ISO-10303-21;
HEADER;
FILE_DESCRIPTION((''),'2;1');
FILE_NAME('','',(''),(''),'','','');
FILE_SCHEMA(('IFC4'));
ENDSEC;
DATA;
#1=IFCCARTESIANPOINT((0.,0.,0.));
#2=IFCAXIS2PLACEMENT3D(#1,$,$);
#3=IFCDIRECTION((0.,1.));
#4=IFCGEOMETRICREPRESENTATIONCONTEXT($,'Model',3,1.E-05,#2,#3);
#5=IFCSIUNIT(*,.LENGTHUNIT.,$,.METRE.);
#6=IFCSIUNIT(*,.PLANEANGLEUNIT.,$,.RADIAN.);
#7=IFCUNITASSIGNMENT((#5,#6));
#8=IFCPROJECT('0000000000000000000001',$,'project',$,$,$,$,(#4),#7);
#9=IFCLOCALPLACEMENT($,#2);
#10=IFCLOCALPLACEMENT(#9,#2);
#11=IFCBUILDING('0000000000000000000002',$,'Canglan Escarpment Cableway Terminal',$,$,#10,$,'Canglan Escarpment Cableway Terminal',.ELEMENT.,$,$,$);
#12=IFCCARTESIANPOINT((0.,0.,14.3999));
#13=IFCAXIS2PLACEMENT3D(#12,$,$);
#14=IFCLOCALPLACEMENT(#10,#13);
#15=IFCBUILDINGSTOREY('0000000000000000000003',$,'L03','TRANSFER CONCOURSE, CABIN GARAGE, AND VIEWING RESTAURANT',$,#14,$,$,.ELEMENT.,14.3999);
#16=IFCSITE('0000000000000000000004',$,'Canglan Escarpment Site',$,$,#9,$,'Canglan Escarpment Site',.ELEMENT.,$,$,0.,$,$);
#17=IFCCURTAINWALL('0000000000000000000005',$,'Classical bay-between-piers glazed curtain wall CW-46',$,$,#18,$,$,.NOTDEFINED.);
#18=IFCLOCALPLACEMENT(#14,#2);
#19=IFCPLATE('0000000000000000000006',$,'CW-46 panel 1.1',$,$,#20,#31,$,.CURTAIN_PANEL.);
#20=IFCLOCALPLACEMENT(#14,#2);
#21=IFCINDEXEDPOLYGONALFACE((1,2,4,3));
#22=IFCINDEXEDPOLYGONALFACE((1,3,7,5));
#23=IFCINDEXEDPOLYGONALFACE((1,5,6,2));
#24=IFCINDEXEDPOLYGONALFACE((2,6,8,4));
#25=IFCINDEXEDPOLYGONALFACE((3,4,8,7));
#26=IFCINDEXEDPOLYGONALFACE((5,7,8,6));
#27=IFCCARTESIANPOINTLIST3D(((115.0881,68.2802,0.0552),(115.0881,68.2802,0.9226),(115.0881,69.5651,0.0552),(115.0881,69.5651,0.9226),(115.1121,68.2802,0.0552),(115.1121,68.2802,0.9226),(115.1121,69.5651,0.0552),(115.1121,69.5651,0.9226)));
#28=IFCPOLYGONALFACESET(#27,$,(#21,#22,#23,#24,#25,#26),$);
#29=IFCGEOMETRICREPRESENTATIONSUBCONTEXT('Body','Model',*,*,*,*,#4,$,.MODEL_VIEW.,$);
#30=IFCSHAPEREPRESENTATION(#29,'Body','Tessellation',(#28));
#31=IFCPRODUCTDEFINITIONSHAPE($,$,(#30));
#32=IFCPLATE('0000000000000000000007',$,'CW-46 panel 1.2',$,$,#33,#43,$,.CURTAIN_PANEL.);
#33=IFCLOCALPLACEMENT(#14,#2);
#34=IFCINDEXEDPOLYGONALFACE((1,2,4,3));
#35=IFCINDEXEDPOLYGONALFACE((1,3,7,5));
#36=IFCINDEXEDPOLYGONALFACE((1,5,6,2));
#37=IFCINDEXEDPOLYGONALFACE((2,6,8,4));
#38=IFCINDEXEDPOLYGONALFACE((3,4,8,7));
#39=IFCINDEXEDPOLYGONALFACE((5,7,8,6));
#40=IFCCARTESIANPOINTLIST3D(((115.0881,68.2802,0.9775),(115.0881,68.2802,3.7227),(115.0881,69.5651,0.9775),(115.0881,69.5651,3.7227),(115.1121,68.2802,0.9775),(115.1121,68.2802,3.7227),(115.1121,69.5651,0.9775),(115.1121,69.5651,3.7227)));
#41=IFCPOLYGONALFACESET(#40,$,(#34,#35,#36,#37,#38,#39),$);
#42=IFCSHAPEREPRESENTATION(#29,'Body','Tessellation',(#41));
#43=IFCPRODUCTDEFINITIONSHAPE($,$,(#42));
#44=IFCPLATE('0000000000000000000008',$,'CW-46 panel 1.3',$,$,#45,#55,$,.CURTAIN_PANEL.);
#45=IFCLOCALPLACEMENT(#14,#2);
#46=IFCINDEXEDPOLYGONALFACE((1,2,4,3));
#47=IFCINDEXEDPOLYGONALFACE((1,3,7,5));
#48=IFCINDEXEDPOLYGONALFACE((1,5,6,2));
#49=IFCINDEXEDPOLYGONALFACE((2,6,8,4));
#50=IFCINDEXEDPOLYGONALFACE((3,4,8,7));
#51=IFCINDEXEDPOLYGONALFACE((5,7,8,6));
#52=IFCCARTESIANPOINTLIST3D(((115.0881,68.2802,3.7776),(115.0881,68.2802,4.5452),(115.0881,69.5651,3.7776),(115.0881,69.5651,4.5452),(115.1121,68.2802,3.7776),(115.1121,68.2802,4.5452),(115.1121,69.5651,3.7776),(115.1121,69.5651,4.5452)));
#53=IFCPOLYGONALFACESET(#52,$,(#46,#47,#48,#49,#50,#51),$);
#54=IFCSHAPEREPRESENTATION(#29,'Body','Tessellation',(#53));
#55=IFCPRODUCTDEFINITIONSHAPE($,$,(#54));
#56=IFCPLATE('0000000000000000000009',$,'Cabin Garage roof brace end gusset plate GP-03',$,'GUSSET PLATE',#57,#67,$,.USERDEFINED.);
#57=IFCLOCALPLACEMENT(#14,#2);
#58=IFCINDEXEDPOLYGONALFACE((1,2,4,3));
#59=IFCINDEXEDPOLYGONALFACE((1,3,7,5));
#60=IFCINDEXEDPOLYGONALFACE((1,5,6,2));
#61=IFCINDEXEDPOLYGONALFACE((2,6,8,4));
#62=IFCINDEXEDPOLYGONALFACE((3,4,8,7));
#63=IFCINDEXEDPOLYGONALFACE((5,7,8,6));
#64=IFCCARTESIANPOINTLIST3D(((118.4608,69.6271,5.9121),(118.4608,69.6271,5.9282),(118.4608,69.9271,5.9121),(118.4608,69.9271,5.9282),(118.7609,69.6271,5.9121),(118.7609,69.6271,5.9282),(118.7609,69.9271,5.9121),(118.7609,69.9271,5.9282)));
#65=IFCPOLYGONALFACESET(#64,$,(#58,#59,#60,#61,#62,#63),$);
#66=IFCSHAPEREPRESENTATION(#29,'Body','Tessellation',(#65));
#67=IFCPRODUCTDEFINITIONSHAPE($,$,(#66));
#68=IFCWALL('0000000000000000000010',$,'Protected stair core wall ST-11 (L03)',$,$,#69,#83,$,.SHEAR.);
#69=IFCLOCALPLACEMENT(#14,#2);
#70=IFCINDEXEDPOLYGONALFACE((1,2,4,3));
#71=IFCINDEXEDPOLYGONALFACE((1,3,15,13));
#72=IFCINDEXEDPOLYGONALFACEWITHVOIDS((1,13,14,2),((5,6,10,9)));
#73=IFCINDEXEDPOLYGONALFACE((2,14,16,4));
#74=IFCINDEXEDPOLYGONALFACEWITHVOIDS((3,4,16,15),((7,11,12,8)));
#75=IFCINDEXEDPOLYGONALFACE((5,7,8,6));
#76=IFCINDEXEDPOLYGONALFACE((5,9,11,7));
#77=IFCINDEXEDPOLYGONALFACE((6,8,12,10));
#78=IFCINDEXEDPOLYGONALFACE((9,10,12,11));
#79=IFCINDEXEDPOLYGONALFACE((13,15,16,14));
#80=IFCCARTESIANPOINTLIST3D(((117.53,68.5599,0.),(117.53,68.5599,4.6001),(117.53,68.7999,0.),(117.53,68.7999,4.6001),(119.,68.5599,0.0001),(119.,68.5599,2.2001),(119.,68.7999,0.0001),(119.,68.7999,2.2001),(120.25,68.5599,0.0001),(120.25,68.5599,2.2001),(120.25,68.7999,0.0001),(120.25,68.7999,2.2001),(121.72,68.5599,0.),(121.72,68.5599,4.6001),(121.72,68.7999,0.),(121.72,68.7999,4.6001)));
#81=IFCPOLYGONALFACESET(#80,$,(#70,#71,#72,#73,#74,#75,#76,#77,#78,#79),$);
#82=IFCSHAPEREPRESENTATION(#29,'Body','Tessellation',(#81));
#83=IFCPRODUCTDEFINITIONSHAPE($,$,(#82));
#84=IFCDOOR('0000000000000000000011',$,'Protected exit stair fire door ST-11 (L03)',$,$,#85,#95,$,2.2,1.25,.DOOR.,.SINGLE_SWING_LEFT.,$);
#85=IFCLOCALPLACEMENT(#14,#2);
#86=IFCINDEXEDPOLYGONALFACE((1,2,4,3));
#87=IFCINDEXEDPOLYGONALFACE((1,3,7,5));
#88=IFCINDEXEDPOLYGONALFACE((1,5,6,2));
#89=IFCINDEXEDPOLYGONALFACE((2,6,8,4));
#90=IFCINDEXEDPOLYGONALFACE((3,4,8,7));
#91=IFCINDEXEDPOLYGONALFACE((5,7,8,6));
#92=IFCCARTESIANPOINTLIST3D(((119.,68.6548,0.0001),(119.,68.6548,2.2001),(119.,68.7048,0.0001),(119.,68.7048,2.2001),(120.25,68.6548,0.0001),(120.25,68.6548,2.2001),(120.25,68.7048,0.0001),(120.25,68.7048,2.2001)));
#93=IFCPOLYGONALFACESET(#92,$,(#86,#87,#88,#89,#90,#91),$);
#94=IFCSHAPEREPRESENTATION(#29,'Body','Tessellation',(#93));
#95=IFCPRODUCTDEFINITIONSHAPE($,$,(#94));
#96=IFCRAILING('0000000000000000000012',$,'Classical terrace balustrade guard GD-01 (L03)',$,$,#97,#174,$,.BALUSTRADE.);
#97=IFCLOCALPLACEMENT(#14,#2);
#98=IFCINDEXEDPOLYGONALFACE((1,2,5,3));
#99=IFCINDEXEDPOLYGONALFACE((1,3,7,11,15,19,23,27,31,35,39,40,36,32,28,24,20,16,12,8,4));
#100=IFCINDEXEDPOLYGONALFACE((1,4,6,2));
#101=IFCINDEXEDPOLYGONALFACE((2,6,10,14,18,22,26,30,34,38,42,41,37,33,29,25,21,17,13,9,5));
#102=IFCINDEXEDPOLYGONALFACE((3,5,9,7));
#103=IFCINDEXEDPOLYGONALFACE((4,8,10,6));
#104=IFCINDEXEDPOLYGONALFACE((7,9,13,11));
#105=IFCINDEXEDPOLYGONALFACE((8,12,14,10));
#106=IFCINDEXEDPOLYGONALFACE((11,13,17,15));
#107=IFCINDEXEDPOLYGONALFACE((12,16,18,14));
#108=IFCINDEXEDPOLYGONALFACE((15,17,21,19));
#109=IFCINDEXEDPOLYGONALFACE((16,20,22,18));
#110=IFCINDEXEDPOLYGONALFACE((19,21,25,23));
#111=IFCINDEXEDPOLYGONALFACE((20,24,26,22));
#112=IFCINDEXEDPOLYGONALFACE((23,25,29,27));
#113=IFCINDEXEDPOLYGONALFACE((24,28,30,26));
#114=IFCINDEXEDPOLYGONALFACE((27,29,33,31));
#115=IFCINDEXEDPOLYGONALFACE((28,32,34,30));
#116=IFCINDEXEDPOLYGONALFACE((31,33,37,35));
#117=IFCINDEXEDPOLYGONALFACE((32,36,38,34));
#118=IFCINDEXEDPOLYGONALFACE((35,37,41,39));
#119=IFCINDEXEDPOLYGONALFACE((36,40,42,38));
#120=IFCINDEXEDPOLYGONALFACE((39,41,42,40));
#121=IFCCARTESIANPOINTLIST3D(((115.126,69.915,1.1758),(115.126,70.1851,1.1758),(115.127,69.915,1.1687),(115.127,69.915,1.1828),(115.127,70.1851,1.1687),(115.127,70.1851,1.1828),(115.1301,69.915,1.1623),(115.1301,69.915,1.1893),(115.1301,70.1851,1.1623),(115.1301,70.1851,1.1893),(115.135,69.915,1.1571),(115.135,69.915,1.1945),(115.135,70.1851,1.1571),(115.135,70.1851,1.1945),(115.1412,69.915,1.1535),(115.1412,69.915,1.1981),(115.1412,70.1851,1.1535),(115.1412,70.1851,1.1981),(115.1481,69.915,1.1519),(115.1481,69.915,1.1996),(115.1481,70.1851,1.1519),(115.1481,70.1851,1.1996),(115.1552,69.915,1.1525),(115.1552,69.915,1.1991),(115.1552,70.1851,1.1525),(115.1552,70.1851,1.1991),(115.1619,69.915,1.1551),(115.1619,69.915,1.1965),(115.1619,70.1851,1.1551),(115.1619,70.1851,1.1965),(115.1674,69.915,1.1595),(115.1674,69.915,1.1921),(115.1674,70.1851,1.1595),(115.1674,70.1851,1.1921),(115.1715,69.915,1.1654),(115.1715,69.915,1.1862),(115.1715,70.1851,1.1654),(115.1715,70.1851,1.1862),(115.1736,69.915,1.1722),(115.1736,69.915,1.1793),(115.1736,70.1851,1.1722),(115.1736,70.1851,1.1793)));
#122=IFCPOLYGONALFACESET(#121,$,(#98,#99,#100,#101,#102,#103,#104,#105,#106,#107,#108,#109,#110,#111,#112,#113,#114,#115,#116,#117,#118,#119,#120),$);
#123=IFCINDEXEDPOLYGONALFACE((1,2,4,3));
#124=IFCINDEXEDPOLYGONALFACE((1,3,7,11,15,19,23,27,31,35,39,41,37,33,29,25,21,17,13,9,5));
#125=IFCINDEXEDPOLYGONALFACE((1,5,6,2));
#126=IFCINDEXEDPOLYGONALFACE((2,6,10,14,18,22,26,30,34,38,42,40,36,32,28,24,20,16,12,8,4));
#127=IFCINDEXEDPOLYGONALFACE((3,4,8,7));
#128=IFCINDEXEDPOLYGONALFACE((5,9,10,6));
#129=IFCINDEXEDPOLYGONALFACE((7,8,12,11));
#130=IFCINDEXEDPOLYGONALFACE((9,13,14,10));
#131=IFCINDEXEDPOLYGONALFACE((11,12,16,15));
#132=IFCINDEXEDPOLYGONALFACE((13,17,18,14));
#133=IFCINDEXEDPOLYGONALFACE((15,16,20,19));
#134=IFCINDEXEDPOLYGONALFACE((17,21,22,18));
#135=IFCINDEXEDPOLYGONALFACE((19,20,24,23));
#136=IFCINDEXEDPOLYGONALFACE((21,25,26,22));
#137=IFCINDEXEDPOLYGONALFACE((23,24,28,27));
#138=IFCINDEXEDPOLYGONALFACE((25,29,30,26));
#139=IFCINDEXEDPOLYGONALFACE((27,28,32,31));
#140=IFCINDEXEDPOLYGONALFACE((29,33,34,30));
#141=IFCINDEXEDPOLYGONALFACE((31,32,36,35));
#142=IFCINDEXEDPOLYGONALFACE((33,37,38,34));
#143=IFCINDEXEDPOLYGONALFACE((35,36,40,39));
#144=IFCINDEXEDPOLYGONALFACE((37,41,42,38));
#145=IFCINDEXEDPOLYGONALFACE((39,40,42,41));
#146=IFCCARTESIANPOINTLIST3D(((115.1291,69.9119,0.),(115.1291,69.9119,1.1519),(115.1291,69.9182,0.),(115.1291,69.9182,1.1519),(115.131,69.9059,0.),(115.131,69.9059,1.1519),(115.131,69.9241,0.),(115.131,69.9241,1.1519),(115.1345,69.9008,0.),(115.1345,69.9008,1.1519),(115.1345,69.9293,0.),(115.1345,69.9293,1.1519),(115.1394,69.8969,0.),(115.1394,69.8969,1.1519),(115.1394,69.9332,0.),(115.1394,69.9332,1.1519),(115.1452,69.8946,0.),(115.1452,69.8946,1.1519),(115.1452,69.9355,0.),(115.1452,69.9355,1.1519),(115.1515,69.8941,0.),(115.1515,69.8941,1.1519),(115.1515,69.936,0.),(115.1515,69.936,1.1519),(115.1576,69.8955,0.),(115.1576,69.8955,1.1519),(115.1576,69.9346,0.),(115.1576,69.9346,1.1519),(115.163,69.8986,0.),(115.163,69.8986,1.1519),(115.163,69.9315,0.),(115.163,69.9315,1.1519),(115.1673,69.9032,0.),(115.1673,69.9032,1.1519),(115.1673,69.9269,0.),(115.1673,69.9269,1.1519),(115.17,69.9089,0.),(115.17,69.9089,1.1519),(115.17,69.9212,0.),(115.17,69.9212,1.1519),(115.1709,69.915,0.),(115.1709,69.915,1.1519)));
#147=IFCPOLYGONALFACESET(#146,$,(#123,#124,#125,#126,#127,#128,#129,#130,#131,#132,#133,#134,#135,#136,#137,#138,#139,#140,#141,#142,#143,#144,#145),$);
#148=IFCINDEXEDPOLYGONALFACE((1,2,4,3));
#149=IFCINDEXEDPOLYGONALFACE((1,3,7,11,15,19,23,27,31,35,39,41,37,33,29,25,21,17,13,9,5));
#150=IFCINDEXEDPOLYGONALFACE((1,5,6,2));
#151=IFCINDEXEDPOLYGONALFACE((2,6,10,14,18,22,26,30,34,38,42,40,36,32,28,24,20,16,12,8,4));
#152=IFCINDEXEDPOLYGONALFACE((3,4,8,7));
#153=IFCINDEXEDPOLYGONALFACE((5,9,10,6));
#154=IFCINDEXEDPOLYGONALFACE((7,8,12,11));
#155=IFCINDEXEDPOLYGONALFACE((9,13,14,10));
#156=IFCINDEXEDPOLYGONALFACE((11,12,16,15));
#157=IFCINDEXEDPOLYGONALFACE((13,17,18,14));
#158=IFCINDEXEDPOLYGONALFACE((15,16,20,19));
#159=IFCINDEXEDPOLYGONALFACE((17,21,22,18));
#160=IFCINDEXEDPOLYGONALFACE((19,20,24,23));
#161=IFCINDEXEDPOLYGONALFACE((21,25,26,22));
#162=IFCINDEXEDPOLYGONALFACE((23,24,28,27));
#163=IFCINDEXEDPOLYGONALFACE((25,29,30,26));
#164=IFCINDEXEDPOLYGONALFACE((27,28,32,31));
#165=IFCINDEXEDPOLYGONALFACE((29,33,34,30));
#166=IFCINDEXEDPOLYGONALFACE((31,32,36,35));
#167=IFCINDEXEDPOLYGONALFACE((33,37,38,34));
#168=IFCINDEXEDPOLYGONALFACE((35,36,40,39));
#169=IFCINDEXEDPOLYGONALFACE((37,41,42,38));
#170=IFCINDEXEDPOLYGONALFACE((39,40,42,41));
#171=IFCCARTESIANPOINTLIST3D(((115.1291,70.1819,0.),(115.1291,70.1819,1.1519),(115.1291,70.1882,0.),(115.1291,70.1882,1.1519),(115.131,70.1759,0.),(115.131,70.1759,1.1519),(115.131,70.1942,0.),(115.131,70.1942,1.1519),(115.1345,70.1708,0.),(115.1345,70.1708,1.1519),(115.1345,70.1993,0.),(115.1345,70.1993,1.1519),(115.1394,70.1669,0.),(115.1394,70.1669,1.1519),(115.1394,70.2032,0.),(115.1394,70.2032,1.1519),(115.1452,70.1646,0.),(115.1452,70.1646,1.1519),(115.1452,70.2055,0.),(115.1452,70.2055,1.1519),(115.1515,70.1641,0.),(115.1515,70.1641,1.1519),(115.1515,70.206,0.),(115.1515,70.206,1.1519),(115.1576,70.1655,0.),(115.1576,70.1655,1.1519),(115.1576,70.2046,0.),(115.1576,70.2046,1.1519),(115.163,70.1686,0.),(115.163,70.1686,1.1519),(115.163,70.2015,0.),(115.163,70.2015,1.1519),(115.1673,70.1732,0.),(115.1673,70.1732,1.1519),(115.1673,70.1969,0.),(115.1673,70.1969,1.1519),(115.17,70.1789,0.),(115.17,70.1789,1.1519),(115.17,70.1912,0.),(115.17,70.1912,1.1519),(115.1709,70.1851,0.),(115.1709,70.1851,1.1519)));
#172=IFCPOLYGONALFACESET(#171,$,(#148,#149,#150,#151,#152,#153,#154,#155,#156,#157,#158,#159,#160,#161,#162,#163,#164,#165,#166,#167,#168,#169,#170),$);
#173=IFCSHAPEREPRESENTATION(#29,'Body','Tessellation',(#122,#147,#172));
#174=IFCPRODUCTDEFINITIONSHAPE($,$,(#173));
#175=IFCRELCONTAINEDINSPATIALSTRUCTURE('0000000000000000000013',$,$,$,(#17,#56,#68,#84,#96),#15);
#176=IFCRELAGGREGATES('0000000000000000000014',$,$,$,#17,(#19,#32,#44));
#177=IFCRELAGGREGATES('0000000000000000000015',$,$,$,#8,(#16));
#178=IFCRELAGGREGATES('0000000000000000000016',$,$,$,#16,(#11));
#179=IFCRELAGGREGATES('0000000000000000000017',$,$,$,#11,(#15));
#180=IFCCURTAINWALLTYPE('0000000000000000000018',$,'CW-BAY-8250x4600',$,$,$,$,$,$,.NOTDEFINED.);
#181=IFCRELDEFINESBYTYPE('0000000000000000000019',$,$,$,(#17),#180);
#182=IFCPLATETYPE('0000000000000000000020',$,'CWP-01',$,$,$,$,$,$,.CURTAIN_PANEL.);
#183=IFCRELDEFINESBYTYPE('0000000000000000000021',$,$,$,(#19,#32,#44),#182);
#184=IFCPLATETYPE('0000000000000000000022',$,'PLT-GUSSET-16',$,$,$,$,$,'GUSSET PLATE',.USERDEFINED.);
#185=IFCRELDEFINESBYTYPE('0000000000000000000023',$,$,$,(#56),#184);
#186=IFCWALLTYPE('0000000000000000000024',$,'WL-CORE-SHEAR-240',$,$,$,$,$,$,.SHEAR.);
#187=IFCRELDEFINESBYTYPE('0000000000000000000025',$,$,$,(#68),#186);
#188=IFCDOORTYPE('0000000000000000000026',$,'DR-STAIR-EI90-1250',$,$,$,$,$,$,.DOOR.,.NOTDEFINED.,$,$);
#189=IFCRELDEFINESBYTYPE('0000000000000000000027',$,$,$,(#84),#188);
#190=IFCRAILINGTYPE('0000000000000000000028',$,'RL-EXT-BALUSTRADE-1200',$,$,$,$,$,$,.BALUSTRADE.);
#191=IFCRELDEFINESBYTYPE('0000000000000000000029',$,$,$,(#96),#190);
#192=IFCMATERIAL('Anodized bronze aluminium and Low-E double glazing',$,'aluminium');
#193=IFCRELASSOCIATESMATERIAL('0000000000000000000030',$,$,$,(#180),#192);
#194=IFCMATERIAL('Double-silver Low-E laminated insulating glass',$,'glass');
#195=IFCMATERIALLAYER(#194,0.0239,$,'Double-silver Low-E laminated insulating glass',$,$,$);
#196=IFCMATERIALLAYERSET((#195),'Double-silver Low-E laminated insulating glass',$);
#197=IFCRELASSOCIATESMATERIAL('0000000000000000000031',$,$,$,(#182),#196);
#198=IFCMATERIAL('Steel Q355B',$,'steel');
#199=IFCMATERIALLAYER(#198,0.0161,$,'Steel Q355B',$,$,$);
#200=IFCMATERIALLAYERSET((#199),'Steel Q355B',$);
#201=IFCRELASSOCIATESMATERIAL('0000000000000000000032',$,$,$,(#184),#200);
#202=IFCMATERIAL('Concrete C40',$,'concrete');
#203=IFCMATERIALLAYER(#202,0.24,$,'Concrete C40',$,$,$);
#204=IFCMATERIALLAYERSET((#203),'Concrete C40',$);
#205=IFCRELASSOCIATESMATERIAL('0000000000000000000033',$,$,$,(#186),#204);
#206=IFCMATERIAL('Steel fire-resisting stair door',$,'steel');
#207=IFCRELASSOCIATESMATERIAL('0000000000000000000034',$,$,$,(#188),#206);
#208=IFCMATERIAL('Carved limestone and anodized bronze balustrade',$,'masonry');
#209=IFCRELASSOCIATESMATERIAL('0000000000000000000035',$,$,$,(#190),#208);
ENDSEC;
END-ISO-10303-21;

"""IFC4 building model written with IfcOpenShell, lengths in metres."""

from ifc_helpers import new_model, si_unit, direction, frame, frame_2d, origin, origin_2d, place, context, subcontext, project, spatial, rectangle, circle, extrude, material, layer, layer_set, type_object, element, fill, aggregate, save


model = new_model("IFC4")

# Units and contexts
model_context = context("Model", 3, precision=1e-05, world=origin(), true_north=direction((0.0, 1.0)))
body_context = subcontext(model_context, "Body", "Model", "MODEL_VIEW")
ifc_project = project(units=[si_unit("LENGTHUNIT", "METRE"), si_unit("PLANEANGLEUNIT", "RADIAN")], contexts=[model_context])

# Site, building, storey
site_placement = place(None, origin())
site = spatial("IfcSite", under=ifc_project, at=site_placement, Name="Canglan Escarpment Site", LongName="Canglan Escarpment Site", CompositionType="ELEMENT", RefElevation=0.0)
building_placement = place(site_placement, origin())
building = spatial("IfcBuilding", under=site, at=building_placement, Name="Canglan Escarpment Cableway Terminal", LongName="Canglan Escarpment Cableway Terminal", CompositionType="ELEMENT")
storey_placement = place(building_placement, frame((0.0, 0.0, 14.3999)))
storey = spatial("IfcBuildingStorey", under=building, at=storey_placement, Name="L03", Description="TRANSFER CONCOURSE, CABIN GARAGE, AND VIEWING RESTAURANT", CompositionType="ELEMENT", Elevation=14.3999)

# Shared definitions
ifc_material_1 = material(Name="Concrete C40", Category="concrete")

# Shared definitions
ifc_material_2 = material(Name="Steel Q355B", Category="steel")

# Curtain wall
ifc_material_3 = material(Name="Anodized bronze aluminium and Low-E double glazing", Category="aluminium")
curtain_wall_type = type_object("IfcCurtainWallType", Name="CW-BAY-8250x4600", PredefinedType="NOTDEFINED", material=ifc_material_3)
curtain_wall_placement = place(storey_placement, origin())
curtain_wall = element("IfcCurtainWall", 1, at=curtain_wall_placement, inside=storey, type_object=curtain_wall_type, Name="Classical bay-between-piers glazed curtain wall CW-46", PredefinedType="NOTDEFINED")

# Plates
ifc_material_4 = material(Name="Double-silver Low-E laminated insulating glass", Category="glass")
ifc_layer_1 = layer(ifc_material_4, 0.0239, Name="Double-silver Low-E laminated insulating glass")
ifc_layer_set_1 = layer_set([ifc_layer_1], Name="Double-silver Low-E laminated insulating glass")
plate_type_1 = type_object("IfcPlateType", Name="CWP-01", PredefinedType="CURTAIN_PANEL", material=ifc_layer_set_1)
plate_1_placement = place(storey_placement, frame((115.1001, 68.9226, 0.0552), z_axis=(0.0, 0.0, 1.0), x_axis=(0.0, -1.0, 0.0)))
plate_1 = element("IfcPlate", 2, at=plate_1_placement, type_object=plate_type_1, Name="CW-46 panel 1.1", PredefinedType="CURTAIN_PANEL", context=body_context, shape_type="SweptSolid", body=[
    extrude(rectangle(XDim=1.2849, YDim=0.0239, at=origin_2d()), origin(), (0.0, 0.0, 1.0), 0.8674),
])
plate_2_placement = place(storey_placement, frame((115.1001, 68.9226, 0.9775), z_axis=(0.0, 0.0, 1.0), x_axis=(0.0, -1.0, 0.0)))
plate_2 = element("IfcPlate", 3, at=plate_2_placement, type_object=plate_type_1, Name="CW-46 panel 1.2", PredefinedType="CURTAIN_PANEL", context=body_context, shape_type="SweptSolid", body=[
    extrude(rectangle(XDim=1.2849, YDim=0.0239, at=origin_2d()), origin(), (0.0, 0.0, 1.0), 2.7451),
])
plate_3_placement = place(storey_placement, frame((115.1001, 68.9226, 3.7776), z_axis=(0.0, 0.0, 1.0), x_axis=(0.0, -1.0, 0.0)))
plate_3 = element("IfcPlate", 4, at=plate_3_placement, type_object=plate_type_1, Name="CW-46 panel 1.3", PredefinedType="CURTAIN_PANEL", context=body_context, shape_type="SweptSolid", body=[
    extrude(rectangle(XDim=1.2849, YDim=0.0239, at=origin_2d()), origin(), (0.0, 0.0, 1.0), 0.7676),
])
aggregate(curtain_wall, [plate_1, plate_2, plate_3])
ifc_layer_2 = layer(ifc_material_2, 0.0161, Name="Steel Q355B")
ifc_layer_set_2 = layer_set([ifc_layer_2], Name="Steel Q355B")
plate_type_2 = type_object("IfcPlateType", Name="PLT-GUSSET-16", ElementType="GUSSET PLATE", PredefinedType="USERDEFINED", material=ifc_layer_set_2)
plate_4_placement = place(storey_placement, frame((118.6108, 69.7771, 5.9121), z_axis=(0.0, 0.0, 1.0), x_axis=(1.0, 0.0, 0.0)))
element("IfcPlate", 5, at=plate_4_placement, inside=storey, type_object=plate_type_2, Name="Cabin Garage roof brace end gusset plate GP-03", ObjectType="GUSSET PLATE", PredefinedType="USERDEFINED", context=body_context, shape_type="SweptSolid", body=[
    extrude(rectangle(XDim=0.3, YDim=0.3, at=origin_2d()), origin(), (0.0, 0.0, 1.0), 0.0161),
])

# Wall, opening, door
ifc_layer_3 = layer(ifc_material_1, 0.24, Name="Concrete C40")
ifc_layer_set_3 = layer_set([ifc_layer_3], Name="Concrete C40")
wall_type = type_object("IfcWallType", Name="WL-CORE-SHEAR-240", PredefinedType="SHEAR", material=ifc_layer_set_3)
wall_placement = place(storey_placement, frame((117.53, 68.6799, 0.0), z_axis=(0.0, 0.0, 1.0), x_axis=(1.0, 0.0, 0.0)))
wall = element("IfcWall", 6, at=wall_placement, inside=storey, type_object=wall_type, Name="Protected stair core wall ST-11 (L03)", PredefinedType="SHEAR", context=body_context, shape_type="SweptSolid", body=[
    extrude(rectangle(XDim=4.1899, YDim=0.24, at=frame_2d((2.095, 0.0))), origin(), (0.0, 0.0, 1.0), 4.6001),
])
opening_placement = place(wall_placement, frame((1.47, 0.0, 0.0)))
opening = element("IfcOpeningElement", 7, at=opening_placement, cuts=wall, PredefinedType="OPENING", context=body_context, shape_type="SweptSolid", body=[
    extrude(rectangle(XDim=1.25, YDim=2.2, at=frame_2d((0.625, 1.1001))), frame((0.0, 0.1299, 0.0), z_axis=(0.0, -1.0, 0.0), x_axis=(1.0, 0.0, 0.0)), (0.0, 0.0, 1.0), 0.26),
])
ifc_material_5 = material(Name="Steel fire-resisting stair door", Category="steel")
door_type = type_object("IfcDoorType", Name="DR-STAIR-EI90-1250", OperationType="NOTDEFINED", PredefinedType="DOOR", material=ifc_material_5)
door_placement = place(opening_placement, origin())
door = element("IfcDoor", 8, at=door_placement, inside=storey, type_object=door_type, Name="Protected exit stair fire door ST-11 (L03)", OperationType="SINGLE_SWING_LEFT", OverallHeight=2.2, OverallWidth=1.25, PredefinedType="DOOR", context=body_context, shape_type="SweptSolid", body=[
    extrude(rectangle(XDim=1.25, YDim=2.2, at=frame_2d((0.625, 1.1001))), frame((0.0, 0.0249, 0.0), z_axis=(0.0, -1.0, 0.0), x_axis=(1.0, 0.0, 0.0)), (0.0, 0.0, 1.0), 0.05),
])
fill(opening, door)

# Railing
ifc_material_6 = material(Name="Carved limestone and anodized bronze balustrade", Category="masonry")
railing_type = type_object("IfcRailingType", Name="RL-EXT-BALUSTRADE-1200", PredefinedType="BALUSTRADE", material=ifc_material_6)
railing_placement = place(storey_placement, frame((115.1499, 69.915, 0.0)))
element("IfcRailing", 9, at=railing_placement, inside=storey, type_object=railing_type, Name="Classical terrace balustrade guard GD-01 (L03)", PredefinedType="BALUSTRADE", context=body_context, shape_type="SweptSolid", body=[
    extrude(circle(Radius=0.0239, at=origin_2d()), frame((0.0, 0.0, 1.1758), z_axis=(0.0, 1.0, 0.0), x_axis=(-1.0, 0.0, 0.0)), (0.0, 0.0, 1.0), 0.27),
    extrude(circle(Radius=0.021, at=origin_2d()), origin(), (0.0, 0.0, 1.0), 1.1519),
    extrude(circle(Radius=0.021, at=origin_2d()), frame((0.0, 0.27, 0.0)), (0.0, 0.0, 1.0), 1.1519),
])

save(model, "model.ifc")
